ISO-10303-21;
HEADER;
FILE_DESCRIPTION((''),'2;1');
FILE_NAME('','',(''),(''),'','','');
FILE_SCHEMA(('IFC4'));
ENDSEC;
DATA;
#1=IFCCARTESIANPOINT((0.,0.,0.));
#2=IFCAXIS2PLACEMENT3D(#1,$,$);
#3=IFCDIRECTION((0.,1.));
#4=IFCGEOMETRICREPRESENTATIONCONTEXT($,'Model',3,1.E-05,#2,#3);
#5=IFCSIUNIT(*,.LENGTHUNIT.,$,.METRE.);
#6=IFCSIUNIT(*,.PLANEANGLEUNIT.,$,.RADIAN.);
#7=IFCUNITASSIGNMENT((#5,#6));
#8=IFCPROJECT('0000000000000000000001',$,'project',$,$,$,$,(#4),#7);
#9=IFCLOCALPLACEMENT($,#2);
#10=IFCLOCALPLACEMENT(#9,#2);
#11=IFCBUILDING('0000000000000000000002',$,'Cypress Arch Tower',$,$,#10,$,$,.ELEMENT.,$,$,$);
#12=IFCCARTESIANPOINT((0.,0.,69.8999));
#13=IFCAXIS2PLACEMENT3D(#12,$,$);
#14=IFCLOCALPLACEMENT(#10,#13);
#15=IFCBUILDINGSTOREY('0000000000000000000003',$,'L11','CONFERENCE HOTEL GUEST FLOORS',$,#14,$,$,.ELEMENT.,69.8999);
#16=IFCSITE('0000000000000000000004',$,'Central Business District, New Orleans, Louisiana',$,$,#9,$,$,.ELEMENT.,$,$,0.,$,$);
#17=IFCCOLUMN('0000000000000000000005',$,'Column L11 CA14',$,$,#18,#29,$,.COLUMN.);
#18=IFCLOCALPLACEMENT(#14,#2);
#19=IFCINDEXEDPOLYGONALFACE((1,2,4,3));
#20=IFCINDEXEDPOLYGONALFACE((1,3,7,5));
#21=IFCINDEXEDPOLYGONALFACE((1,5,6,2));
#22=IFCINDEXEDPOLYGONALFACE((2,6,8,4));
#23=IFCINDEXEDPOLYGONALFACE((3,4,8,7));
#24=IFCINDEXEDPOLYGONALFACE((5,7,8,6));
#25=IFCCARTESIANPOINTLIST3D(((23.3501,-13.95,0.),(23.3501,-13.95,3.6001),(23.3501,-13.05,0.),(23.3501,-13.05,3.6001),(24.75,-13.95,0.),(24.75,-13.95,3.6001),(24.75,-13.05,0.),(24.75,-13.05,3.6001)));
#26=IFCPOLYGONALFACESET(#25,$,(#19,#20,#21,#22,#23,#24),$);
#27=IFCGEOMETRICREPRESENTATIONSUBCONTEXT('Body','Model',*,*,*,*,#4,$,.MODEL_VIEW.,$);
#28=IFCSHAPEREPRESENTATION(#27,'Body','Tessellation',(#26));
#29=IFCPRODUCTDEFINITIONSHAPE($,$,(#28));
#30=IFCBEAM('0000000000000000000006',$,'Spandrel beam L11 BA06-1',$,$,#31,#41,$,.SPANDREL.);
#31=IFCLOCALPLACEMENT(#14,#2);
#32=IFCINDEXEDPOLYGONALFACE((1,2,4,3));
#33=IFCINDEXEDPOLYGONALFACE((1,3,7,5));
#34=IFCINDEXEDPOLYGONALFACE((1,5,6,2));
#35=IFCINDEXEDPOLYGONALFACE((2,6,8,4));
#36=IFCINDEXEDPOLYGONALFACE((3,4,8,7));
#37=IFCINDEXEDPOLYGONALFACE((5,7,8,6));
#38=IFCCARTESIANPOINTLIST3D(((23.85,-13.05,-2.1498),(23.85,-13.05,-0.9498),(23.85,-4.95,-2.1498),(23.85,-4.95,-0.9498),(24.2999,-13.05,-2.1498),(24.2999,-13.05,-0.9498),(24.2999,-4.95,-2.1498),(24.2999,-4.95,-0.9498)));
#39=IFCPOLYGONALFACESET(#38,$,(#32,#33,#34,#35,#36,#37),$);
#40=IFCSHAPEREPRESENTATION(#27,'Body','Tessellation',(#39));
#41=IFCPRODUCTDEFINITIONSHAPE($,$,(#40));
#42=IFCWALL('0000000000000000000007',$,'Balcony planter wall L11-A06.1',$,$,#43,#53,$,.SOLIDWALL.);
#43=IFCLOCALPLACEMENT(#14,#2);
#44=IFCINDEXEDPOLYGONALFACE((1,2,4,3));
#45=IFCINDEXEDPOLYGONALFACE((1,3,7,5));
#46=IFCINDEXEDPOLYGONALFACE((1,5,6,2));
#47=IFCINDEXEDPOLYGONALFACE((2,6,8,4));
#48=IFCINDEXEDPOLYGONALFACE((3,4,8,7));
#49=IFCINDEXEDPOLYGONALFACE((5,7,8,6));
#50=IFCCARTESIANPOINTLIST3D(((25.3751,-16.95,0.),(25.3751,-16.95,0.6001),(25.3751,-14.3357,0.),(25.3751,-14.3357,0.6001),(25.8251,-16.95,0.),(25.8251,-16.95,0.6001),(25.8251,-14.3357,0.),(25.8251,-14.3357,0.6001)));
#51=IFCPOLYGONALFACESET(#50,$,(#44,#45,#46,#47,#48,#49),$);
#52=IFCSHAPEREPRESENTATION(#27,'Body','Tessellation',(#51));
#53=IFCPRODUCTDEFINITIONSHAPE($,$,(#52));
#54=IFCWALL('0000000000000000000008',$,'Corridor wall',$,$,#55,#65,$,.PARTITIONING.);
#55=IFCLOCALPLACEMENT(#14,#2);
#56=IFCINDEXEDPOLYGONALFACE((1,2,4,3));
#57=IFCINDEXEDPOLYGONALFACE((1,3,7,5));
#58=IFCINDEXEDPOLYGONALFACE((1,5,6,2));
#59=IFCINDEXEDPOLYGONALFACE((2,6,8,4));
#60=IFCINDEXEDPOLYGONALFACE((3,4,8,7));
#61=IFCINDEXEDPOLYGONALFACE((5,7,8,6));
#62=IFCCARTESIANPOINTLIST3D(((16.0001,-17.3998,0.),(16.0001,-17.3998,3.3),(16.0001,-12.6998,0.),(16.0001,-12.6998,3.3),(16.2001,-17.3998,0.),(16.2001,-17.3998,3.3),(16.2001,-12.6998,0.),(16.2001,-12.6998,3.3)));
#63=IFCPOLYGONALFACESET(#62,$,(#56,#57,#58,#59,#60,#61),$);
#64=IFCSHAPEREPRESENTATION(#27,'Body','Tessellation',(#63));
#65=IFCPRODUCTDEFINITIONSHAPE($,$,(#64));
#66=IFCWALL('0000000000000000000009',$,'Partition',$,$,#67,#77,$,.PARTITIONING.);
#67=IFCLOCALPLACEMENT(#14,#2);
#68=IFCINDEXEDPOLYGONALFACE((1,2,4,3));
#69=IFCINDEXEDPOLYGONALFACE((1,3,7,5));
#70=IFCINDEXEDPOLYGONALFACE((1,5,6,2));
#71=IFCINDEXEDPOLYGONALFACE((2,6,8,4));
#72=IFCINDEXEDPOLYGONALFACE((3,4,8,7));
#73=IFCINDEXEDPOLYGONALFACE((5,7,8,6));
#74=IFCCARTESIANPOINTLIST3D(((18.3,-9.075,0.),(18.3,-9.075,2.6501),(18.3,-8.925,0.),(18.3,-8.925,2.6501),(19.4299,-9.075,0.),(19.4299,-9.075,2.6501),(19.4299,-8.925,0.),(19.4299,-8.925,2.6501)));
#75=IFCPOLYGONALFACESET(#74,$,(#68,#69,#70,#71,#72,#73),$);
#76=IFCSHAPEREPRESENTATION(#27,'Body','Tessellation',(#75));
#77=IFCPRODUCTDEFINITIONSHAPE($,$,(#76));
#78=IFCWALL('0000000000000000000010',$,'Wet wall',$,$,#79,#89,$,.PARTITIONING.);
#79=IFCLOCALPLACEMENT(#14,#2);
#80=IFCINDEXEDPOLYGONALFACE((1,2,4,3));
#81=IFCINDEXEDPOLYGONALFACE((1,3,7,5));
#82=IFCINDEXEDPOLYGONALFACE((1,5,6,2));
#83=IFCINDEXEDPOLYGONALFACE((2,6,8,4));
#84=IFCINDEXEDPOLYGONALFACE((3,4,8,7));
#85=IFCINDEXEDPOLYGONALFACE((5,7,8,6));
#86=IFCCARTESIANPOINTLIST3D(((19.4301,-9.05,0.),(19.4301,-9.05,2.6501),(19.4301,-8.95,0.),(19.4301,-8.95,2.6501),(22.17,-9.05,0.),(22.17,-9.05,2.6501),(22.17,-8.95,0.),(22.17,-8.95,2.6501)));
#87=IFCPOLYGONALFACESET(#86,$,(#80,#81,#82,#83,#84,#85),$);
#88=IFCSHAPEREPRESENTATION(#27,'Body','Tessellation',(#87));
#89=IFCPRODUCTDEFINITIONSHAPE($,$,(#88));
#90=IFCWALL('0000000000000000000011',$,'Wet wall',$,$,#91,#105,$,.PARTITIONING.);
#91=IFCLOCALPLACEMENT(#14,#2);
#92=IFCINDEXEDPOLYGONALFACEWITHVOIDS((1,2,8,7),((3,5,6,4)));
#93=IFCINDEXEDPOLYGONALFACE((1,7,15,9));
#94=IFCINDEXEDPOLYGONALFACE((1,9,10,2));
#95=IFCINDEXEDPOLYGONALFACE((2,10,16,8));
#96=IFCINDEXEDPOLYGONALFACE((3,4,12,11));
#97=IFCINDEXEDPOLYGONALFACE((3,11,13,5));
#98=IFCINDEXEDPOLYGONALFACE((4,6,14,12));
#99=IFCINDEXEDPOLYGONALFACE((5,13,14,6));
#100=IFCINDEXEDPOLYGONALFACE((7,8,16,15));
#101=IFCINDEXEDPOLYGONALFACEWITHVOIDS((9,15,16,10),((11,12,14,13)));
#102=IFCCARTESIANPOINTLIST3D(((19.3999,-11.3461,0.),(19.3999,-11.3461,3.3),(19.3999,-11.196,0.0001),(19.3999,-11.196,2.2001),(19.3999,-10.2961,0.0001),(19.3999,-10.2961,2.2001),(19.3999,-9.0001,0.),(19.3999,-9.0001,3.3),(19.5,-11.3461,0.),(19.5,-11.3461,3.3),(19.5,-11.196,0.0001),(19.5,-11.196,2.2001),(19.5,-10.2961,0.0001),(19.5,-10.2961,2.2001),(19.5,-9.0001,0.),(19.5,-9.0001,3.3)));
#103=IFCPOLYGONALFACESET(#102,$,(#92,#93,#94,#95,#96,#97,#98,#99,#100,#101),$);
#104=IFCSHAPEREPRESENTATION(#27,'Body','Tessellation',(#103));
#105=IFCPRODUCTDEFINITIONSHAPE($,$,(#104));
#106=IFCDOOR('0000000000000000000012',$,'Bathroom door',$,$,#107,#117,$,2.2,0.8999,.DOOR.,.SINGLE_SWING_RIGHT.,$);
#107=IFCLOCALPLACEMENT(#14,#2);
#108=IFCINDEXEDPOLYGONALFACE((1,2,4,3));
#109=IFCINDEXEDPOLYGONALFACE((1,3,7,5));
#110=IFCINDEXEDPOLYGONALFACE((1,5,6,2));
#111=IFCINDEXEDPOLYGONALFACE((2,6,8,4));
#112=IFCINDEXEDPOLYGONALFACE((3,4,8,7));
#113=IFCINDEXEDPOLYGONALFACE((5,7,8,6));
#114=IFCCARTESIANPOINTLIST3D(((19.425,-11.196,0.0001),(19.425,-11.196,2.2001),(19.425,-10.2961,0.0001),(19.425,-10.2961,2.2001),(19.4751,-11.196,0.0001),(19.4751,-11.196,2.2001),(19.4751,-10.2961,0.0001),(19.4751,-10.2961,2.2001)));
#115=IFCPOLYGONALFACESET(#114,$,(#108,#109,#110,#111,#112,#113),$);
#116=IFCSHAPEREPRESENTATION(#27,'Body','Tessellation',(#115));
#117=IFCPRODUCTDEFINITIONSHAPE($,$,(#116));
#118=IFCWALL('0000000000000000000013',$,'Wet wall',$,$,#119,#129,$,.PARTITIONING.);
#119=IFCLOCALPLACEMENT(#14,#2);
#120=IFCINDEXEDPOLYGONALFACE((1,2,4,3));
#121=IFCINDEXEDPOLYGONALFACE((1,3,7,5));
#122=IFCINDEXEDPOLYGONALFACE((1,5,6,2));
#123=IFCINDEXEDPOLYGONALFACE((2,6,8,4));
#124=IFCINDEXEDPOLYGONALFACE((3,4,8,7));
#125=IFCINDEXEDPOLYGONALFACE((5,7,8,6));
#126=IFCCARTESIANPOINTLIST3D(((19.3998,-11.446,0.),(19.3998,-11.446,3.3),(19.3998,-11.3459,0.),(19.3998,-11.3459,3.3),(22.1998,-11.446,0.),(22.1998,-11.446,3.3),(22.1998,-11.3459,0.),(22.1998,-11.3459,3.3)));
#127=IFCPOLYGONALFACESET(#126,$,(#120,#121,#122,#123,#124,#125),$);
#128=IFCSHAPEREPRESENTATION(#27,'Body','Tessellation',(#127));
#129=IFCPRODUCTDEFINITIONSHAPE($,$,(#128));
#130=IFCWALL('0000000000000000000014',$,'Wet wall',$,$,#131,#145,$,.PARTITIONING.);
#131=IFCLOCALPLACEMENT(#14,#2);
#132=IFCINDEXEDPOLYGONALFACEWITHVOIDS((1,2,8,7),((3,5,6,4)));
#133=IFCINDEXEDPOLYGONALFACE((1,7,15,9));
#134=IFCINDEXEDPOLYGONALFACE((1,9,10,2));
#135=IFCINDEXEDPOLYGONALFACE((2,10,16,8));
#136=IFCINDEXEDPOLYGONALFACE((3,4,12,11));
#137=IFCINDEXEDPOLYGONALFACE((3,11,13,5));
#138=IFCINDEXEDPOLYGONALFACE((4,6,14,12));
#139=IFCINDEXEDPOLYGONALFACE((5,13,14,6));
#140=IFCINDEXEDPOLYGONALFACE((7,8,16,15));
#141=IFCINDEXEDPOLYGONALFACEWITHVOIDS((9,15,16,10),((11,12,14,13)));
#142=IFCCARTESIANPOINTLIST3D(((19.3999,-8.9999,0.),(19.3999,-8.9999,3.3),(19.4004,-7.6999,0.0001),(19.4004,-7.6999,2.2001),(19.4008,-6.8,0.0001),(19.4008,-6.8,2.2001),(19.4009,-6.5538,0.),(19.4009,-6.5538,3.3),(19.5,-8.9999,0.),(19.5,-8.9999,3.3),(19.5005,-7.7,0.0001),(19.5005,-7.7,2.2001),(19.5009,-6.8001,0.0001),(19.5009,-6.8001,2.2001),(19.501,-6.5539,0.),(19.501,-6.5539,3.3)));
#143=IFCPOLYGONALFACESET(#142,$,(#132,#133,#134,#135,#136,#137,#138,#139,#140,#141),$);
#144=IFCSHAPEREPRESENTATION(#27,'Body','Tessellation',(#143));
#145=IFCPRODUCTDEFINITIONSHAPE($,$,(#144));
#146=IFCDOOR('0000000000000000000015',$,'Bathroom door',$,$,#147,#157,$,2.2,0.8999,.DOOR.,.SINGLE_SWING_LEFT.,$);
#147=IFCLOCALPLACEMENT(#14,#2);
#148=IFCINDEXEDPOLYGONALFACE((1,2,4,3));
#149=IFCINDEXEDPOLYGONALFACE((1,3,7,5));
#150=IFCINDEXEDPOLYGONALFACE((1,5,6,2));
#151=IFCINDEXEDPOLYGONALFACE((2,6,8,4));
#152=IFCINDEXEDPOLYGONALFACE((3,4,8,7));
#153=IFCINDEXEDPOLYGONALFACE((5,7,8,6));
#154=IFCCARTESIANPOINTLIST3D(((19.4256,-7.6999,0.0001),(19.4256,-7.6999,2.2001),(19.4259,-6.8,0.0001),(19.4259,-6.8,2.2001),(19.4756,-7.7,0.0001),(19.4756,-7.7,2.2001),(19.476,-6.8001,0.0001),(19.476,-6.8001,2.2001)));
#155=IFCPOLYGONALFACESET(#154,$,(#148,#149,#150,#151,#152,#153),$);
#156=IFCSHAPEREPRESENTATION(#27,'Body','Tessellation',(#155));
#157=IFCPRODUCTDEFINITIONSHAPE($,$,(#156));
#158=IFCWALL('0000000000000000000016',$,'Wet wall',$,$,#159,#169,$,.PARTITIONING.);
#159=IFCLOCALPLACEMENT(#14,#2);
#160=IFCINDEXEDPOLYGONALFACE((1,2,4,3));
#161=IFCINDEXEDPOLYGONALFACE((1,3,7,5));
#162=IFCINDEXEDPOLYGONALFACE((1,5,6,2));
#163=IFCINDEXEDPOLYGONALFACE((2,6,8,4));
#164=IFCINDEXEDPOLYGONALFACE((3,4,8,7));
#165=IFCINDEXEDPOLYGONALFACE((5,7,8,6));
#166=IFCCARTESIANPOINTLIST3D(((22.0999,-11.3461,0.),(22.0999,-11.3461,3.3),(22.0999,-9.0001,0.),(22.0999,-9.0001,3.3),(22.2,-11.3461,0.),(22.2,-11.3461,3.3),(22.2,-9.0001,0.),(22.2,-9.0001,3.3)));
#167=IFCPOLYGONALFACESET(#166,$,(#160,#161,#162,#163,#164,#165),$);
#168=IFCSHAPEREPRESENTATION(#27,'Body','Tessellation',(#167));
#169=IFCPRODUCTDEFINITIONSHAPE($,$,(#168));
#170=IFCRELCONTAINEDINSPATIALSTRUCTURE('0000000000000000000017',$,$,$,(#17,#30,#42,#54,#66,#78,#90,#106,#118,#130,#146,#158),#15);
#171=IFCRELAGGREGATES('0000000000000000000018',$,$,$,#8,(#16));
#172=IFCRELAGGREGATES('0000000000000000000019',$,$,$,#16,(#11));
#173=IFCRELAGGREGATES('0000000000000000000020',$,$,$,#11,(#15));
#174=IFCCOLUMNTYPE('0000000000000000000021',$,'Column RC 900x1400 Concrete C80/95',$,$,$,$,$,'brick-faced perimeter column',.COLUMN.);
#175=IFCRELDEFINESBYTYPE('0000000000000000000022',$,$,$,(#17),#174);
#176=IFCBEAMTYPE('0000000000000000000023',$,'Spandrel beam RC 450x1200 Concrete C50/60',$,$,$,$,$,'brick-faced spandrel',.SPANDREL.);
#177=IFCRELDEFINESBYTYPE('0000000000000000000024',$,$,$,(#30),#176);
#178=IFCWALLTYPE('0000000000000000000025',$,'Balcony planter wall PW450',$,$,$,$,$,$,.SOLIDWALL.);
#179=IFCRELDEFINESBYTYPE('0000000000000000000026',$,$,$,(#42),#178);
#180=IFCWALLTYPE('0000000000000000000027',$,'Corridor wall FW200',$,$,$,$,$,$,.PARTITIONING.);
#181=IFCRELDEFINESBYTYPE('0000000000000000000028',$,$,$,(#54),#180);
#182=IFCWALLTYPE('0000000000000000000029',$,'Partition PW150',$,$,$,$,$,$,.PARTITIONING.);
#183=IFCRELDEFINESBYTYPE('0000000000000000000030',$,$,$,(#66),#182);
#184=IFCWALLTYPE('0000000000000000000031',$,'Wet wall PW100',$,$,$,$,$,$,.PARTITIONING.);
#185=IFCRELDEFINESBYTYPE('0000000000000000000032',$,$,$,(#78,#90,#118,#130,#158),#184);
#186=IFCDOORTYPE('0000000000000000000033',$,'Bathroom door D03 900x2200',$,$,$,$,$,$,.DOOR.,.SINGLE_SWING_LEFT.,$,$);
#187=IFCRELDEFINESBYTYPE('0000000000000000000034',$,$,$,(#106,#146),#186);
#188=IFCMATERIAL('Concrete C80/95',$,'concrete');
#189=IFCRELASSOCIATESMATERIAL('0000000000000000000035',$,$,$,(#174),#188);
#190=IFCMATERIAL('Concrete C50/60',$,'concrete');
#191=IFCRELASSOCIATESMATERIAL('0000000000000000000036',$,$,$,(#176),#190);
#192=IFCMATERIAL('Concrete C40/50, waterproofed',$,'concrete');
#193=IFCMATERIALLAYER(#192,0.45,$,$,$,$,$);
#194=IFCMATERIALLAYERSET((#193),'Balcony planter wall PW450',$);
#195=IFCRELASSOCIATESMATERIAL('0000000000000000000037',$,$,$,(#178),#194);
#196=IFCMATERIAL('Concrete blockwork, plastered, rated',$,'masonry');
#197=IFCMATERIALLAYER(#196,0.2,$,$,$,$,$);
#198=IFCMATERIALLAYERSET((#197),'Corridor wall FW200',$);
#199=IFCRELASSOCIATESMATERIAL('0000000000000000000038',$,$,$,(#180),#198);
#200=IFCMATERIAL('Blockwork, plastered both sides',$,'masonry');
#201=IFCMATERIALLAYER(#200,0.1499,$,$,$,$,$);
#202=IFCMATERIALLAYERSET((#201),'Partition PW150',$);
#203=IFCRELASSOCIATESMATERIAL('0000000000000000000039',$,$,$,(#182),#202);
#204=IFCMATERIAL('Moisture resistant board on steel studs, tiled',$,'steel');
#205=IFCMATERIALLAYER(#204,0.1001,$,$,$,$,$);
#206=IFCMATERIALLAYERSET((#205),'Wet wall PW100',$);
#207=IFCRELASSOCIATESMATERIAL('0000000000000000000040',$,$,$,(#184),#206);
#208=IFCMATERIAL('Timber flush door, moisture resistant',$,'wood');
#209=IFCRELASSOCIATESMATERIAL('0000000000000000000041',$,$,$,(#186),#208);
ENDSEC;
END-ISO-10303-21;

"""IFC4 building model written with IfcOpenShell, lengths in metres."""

from ifc_helpers import new_model, si_unit, direction, frame, frame_2d, origin, origin_2d, place, context, subcontext, project, spatial, rectangle, extrude, material, layer, layer_set, material_profile, profile_set, type_object, element, fill, save


model = new_model("IFC4")

# Units and contexts
model_context = context("Model", 3, precision=1e-05, world=origin(), true_north=direction((0.0, 1.0)))
body_context = subcontext(model_context, "Body", "Model", "MODEL_VIEW")
ifc_project = project(units=[si_unit("LENGTHUNIT", "METRE"), si_unit("PLANEANGLEUNIT", "RADIAN")], contexts=[model_context])

# Site, building, storey
site_placement = place(None, origin())
site = spatial("IfcSite", under=ifc_project, at=site_placement, Name="Central Business District, New Orleans, Louisiana", CompositionType="ELEMENT", RefElevation=0.0)
building_placement = place(site_placement, origin())
building = spatial("IfcBuilding", under=site, at=building_placement, Name="Cypress Arch Tower", CompositionType="ELEMENT")
storey_placement = place(building_placement, frame((0.0, 0.0, 69.8999)))
storey = spatial("IfcBuildingStorey", under=building, at=storey_placement, Name="L11", Description="CONFERENCE HOTEL GUEST FLOORS", CompositionType="ELEMENT", Elevation=69.8999)

# Column
ifc_material_1 = material(Name="Concrete C80/95", Category="concrete")
ifc_material_profile_1 = material_profile(ifc_material_1, rectangle(XDim=0.8999, YDim=1.3999, at=origin_2d()), Name="RC 900x1400")
ifc_profile_set_1 = profile_set([ifc_material_profile_1], Name="Concrete C80/95")
column_type = type_object("IfcColumnType", Name="Column RC 900x1400 Concrete C80/95", ElementType="brick-faced perimeter column", PredefinedType="COLUMN", material=ifc_profile_set_1)
column_placement = place(storey_placement, frame((24.05, -13.5, 0.0), z_axis=(0.0, 0.0, 1.0), x_axis=(0.0, 1.0, 0.0)))
element("IfcColumn", 1, at=column_placement, inside=storey, type_object=column_type, Name="Column L11 CA14", PredefinedType="COLUMN", context=body_context, shape_type="SweptSolid", body=[
    extrude(rectangle(XDim=0.8999, YDim=1.3999, at=origin_2d()), origin(), (0.0, 0.0, 1.0), 3.6001),
])

# Beam
ifc_material_2 = material(Name="Concrete C50/60", Category="concrete")
ifc_material_profile_2 = material_profile(ifc_material_2, rectangle(XDim=0.45, YDim=1.2, at=origin_2d()), Name="RC 450x1200")
ifc_profile_set_2 = profile_set([ifc_material_profile_2], Name="Concrete C50/60")
beam_type = type_object("IfcBeamType", Name="Spandrel beam RC 450x1200 Concrete C50/60", ElementType="brick-faced spandrel", PredefinedType="SPANDREL", material=ifc_profile_set_2)
beam_placement = place(storey_placement, frame((24.075, -13.05, -1.5498), z_axis=(0.0, 1.0, 0.0), x_axis=(-1.0, 0.0, 0.0)))
element("IfcBeam", 2, at=beam_placement, inside=storey, type_object=beam_type, Name="Spandrel beam L11 BA06-1", PredefinedType="SPANDREL", context=body_context, shape_type="SweptSolid", body=[
    extrude(rectangle(XDim=0.45, YDim=1.2, at=origin_2d()), origin(), (0.0, 0.0, 1.0), 8.1001),
])

# Wall
ifc_material_3 = material(Name="Concrete C40/50, waterproofed", Category="concrete")
ifc_layer_1 = layer(ifc_material_3, 0.45)
ifc_layer_set_1 = layer_set([ifc_layer_1], Name="Balcony planter wall PW450")
wall_type_1 = type_object("IfcWallType", Name="Balcony planter wall PW450", PredefinedType="SOLIDWALL", material=ifc_layer_set_1)
wall_1_placement = place(storey_placement, frame((25.6001, -16.95, 0.0), z_axis=(0.0, 0.0, 1.0), x_axis=(0.0, 1.0, 0.0)))
element("IfcWall", 3, at=wall_1_placement, inside=storey, type_object=wall_type_1, Name="Balcony planter wall L11-A06.1", PredefinedType="SOLIDWALL", context=body_context, shape_type="SweptSolid", body=[
    extrude(rectangle(XDim=2.6143, YDim=0.45, at=frame_2d((1.3071, 0.0))), origin(), (0.0, 0.0, 1.0), 0.6001),
])

# Walls
ifc_material_4 = material(Name="Concrete blockwork, plastered, rated", Category="masonry")
ifc_layer_2 = layer(ifc_material_4, 0.2)
ifc_layer_set_2 = layer_set([ifc_layer_2], Name="Corridor wall FW200")
wall_type_2 = type_object("IfcWallType", Name="Corridor wall FW200", PredefinedType="PARTITIONING", material=ifc_layer_set_2)
wall_2_placement = place(storey_placement, frame((16.1001, -17.3999, 0.0), z_axis=(0.0, 0.0, 1.0), x_axis=(0.0, 1.0, 0.0)))
element("IfcWall", 4, at=wall_2_placement, inside=storey, type_object=wall_type_2, Name="Corridor wall", PredefinedType="PARTITIONING", context=body_context, shape_type="SweptSolid", body=[
    extrude(rectangle(XDim=4.7, YDim=0.2, at=frame_2d((2.3501, 0.0))), origin(), (0.0, 0.0, 1.0), 3.3),
])
ifc_material_5 = material(Name="Blockwork, plastered both sides", Category="masonry")
ifc_layer_3 = layer(ifc_material_5, 0.1499)
ifc_layer_set_3 = layer_set([ifc_layer_3], Name="Partition PW150")
wall_type_3 = type_object("IfcWallType", Name="Partition PW150", PredefinedType="PARTITIONING", material=ifc_layer_set_3)
wall_3_placement = place(storey_placement, frame((18.3, -9.0, 0.0), z_axis=(0.0, 0.0, 1.0), x_axis=(1.0, 0.0, 0.0)))
element("IfcWall", 5, at=wall_3_placement, inside=storey, type_object=wall_type_3, Name="Partition", PredefinedType="PARTITIONING", context=body_context, shape_type="SweptSolid", body=[
    extrude(rectangle(XDim=1.1299, YDim=0.1499, at=frame_2d((0.5649, 0.0))), origin(), (0.0, 0.0, 1.0), 2.6501),
])
ifc_material_6 = material(Name="Moisture resistant board on steel studs, tiled", Category="steel")
ifc_layer_4 = layer(ifc_material_6, 0.1001)
ifc_layer_set_4 = layer_set([ifc_layer_4], Name="Wet wall PW100")
wall_type_4 = type_object("IfcWallType", Name="Wet wall PW100", PredefinedType="PARTITIONING", material=ifc_layer_set_4)
wall_4_placement = place(storey_placement, frame((19.4299, -9.0, 0.0), z_axis=(0.0, 0.0, 1.0), x_axis=(1.0, 0.0, 0.0)))
element("IfcWall", 6, at=wall_4_placement, inside=storey, type_object=wall_type_4, Name="Wet wall", PredefinedType="PARTITIONING", context=body_context, shape_type="SweptSolid", body=[
    extrude(rectangle(XDim=2.74, YDim=0.1001, at=frame_2d((1.3701, 0.0))), origin(), (0.0, 0.0, 1.0), 2.6501),
])

# Wall, opening, door
wall_5_placement = place(storey_placement, frame((19.45, -11.3459, 0.0), z_axis=(0.0, 0.0, 1.0), x_axis=(0.0, 1.0, 0.0)))
wall_5 = element("IfcWall", 7, at=wall_5_placement, inside=storey, type_object=wall_type_4, Name="Wet wall", PredefinedType="PARTITIONING", context=body_context, shape_type="SweptSolid", body=[
    extrude(rectangle(XDim=2.3459, YDim=0.1001, at=frame_2d((1.1729, 0.0))), origin(), (0.0, 0.0, 1.0), 3.3),
])
opening_1_placement = place(wall_5_placement, frame((0.1499, 0.0, 0.0)))
opening_1 = element("IfcOpeningElement", 8, at=opening_1_placement, cuts=wall_5, PredefinedType="OPENING", context=body_context, shape_type="SweptSolid", body=[
    extrude(rectangle(XDim=0.8999, YDim=2.2, at=frame_2d((0.45, 1.1001))), frame((0.0, 0.0601, 0.0), z_axis=(0.0, -1.0, 0.0), x_axis=(1.0, 0.0, 0.0)), (0.0, 0.0, 1.0), 0.1201),
])
ifc_material_7 = material(Name="Timber flush door, moisture resistant", Category="wood")
door_type_1 = type_object("IfcDoorType", Name="Bathroom door D03 900x2200", OperationType="SINGLE_SWING_LEFT", PredefinedType="DOOR", material=ifc_material_7)
door_1_placement = place(opening_1_placement, origin())
door_1 = element("IfcDoor", 9, at=door_1_placement, inside=storey, type_object=door_type_1, Name="Bathroom door", OperationType="SINGLE_SWING_RIGHT", OverallHeight=2.2, OverallWidth=0.8999, PredefinedType="DOOR", context=body_context, shape_type="SweptSolid", body=[
    extrude(rectangle(XDim=0.8999, YDim=2.2, at=frame_2d((0.45, 1.1001))), frame((0.0, 0.0249, 0.0), z_axis=(0.0, -1.0, 0.0), x_axis=(1.0, 0.0, 0.0)), (0.0, 0.0, 1.0), 0.05),
])
fill(opening_1, door_1)

# Wall
wall_6_placement = place(storey_placement, frame((19.3999, -11.396, 0.0), z_axis=(0.0, 0.0, 1.0), x_axis=(1.0, 0.0, 0.0)))
element("IfcWall", 10, at=wall_6_placement, inside=storey, type_object=wall_type_4, Name="Wet wall", PredefinedType="PARTITIONING", context=body_context, shape_type="SweptSolid", body=[
    extrude(rectangle(XDim=2.8, YDim=0.1001, at=frame_2d((1.3999, 0.0))), origin(), (0.0, 0.0, 1.0), 3.3),
])

# Wall, opening, door
wall_7_placement = place(storey_placement, frame((19.45, -9.0, 0.0), z_axis=(0.0, 0.0, 1.0), x_axis=(0.000399, 1.0, 0.0)))
wall_7 = element("IfcWall", 11, at=wall_7_placement, inside=storey, type_object=wall_type_4, Name="Wet wall", PredefinedType="PARTITIONING", context=body_context, shape_type="SweptSolid", body=[
    extrude(rectangle(XDim=2.446, YDim=0.1001, at=frame_2d((1.2231, 0.0))), origin(), (0.0, 0.0, 1.0), 3.3),
])
opening_2_placement = place(wall_7_placement, frame((1.3, 0.0, 0.0)))
opening_2 = element("IfcOpeningElement", 12, at=opening_2_placement, cuts=wall_7, PredefinedType="OPENING", context=body_context, shape_type="SweptSolid", body=[
    extrude(rectangle(XDim=0.8999, YDim=2.2, at=frame_2d((0.45, 1.1001))), frame((0.0, 0.0601, 0.0), z_axis=(0.0, -1.0, 0.0), x_axis=(1.0, 0.0, 0.0)), (0.0, 0.0, 1.0), 0.1201),
])
door_2_placement = place(opening_2_placement, origin())
door_2 = element("IfcDoor", 13, at=door_2_placement, inside=storey, type_object=door_type_1, Name="Bathroom door", OperationType="SINGLE_SWING_LEFT", OverallHeight=2.2, OverallWidth=0.8999, PredefinedType="DOOR", context=body_context, shape_type="SweptSolid", body=[
    extrude(rectangle(XDim=0.8999, YDim=2.2, at=frame_2d((0.45, 1.1001))), frame((0.0, 0.0249, 0.0), z_axis=(0.0, -1.0, 0.0), x_axis=(1.0, 0.0, 0.0)), (0.0, 0.0, 1.0), 0.05),
])
fill(opening_2, door_2)

# Wall
wall_8_placement = place(storey_placement, frame((22.1499, -11.3459, 0.0), z_axis=(0.0, 0.0, 1.0), x_axis=(0.0, 1.0, 0.0)))
element("IfcWall", 14, at=wall_8_placement, inside=storey, type_object=wall_type_4, Name="Wet wall", PredefinedType="PARTITIONING", context=body_context, shape_type="SweptSolid", body=[
    extrude(rectangle(XDim=2.3459, YDim=0.1001, at=frame_2d((1.1729, 0.0))), origin(), (0.0, 0.0, 1.0), 3.3),
])

save(model, "model.ifc")
